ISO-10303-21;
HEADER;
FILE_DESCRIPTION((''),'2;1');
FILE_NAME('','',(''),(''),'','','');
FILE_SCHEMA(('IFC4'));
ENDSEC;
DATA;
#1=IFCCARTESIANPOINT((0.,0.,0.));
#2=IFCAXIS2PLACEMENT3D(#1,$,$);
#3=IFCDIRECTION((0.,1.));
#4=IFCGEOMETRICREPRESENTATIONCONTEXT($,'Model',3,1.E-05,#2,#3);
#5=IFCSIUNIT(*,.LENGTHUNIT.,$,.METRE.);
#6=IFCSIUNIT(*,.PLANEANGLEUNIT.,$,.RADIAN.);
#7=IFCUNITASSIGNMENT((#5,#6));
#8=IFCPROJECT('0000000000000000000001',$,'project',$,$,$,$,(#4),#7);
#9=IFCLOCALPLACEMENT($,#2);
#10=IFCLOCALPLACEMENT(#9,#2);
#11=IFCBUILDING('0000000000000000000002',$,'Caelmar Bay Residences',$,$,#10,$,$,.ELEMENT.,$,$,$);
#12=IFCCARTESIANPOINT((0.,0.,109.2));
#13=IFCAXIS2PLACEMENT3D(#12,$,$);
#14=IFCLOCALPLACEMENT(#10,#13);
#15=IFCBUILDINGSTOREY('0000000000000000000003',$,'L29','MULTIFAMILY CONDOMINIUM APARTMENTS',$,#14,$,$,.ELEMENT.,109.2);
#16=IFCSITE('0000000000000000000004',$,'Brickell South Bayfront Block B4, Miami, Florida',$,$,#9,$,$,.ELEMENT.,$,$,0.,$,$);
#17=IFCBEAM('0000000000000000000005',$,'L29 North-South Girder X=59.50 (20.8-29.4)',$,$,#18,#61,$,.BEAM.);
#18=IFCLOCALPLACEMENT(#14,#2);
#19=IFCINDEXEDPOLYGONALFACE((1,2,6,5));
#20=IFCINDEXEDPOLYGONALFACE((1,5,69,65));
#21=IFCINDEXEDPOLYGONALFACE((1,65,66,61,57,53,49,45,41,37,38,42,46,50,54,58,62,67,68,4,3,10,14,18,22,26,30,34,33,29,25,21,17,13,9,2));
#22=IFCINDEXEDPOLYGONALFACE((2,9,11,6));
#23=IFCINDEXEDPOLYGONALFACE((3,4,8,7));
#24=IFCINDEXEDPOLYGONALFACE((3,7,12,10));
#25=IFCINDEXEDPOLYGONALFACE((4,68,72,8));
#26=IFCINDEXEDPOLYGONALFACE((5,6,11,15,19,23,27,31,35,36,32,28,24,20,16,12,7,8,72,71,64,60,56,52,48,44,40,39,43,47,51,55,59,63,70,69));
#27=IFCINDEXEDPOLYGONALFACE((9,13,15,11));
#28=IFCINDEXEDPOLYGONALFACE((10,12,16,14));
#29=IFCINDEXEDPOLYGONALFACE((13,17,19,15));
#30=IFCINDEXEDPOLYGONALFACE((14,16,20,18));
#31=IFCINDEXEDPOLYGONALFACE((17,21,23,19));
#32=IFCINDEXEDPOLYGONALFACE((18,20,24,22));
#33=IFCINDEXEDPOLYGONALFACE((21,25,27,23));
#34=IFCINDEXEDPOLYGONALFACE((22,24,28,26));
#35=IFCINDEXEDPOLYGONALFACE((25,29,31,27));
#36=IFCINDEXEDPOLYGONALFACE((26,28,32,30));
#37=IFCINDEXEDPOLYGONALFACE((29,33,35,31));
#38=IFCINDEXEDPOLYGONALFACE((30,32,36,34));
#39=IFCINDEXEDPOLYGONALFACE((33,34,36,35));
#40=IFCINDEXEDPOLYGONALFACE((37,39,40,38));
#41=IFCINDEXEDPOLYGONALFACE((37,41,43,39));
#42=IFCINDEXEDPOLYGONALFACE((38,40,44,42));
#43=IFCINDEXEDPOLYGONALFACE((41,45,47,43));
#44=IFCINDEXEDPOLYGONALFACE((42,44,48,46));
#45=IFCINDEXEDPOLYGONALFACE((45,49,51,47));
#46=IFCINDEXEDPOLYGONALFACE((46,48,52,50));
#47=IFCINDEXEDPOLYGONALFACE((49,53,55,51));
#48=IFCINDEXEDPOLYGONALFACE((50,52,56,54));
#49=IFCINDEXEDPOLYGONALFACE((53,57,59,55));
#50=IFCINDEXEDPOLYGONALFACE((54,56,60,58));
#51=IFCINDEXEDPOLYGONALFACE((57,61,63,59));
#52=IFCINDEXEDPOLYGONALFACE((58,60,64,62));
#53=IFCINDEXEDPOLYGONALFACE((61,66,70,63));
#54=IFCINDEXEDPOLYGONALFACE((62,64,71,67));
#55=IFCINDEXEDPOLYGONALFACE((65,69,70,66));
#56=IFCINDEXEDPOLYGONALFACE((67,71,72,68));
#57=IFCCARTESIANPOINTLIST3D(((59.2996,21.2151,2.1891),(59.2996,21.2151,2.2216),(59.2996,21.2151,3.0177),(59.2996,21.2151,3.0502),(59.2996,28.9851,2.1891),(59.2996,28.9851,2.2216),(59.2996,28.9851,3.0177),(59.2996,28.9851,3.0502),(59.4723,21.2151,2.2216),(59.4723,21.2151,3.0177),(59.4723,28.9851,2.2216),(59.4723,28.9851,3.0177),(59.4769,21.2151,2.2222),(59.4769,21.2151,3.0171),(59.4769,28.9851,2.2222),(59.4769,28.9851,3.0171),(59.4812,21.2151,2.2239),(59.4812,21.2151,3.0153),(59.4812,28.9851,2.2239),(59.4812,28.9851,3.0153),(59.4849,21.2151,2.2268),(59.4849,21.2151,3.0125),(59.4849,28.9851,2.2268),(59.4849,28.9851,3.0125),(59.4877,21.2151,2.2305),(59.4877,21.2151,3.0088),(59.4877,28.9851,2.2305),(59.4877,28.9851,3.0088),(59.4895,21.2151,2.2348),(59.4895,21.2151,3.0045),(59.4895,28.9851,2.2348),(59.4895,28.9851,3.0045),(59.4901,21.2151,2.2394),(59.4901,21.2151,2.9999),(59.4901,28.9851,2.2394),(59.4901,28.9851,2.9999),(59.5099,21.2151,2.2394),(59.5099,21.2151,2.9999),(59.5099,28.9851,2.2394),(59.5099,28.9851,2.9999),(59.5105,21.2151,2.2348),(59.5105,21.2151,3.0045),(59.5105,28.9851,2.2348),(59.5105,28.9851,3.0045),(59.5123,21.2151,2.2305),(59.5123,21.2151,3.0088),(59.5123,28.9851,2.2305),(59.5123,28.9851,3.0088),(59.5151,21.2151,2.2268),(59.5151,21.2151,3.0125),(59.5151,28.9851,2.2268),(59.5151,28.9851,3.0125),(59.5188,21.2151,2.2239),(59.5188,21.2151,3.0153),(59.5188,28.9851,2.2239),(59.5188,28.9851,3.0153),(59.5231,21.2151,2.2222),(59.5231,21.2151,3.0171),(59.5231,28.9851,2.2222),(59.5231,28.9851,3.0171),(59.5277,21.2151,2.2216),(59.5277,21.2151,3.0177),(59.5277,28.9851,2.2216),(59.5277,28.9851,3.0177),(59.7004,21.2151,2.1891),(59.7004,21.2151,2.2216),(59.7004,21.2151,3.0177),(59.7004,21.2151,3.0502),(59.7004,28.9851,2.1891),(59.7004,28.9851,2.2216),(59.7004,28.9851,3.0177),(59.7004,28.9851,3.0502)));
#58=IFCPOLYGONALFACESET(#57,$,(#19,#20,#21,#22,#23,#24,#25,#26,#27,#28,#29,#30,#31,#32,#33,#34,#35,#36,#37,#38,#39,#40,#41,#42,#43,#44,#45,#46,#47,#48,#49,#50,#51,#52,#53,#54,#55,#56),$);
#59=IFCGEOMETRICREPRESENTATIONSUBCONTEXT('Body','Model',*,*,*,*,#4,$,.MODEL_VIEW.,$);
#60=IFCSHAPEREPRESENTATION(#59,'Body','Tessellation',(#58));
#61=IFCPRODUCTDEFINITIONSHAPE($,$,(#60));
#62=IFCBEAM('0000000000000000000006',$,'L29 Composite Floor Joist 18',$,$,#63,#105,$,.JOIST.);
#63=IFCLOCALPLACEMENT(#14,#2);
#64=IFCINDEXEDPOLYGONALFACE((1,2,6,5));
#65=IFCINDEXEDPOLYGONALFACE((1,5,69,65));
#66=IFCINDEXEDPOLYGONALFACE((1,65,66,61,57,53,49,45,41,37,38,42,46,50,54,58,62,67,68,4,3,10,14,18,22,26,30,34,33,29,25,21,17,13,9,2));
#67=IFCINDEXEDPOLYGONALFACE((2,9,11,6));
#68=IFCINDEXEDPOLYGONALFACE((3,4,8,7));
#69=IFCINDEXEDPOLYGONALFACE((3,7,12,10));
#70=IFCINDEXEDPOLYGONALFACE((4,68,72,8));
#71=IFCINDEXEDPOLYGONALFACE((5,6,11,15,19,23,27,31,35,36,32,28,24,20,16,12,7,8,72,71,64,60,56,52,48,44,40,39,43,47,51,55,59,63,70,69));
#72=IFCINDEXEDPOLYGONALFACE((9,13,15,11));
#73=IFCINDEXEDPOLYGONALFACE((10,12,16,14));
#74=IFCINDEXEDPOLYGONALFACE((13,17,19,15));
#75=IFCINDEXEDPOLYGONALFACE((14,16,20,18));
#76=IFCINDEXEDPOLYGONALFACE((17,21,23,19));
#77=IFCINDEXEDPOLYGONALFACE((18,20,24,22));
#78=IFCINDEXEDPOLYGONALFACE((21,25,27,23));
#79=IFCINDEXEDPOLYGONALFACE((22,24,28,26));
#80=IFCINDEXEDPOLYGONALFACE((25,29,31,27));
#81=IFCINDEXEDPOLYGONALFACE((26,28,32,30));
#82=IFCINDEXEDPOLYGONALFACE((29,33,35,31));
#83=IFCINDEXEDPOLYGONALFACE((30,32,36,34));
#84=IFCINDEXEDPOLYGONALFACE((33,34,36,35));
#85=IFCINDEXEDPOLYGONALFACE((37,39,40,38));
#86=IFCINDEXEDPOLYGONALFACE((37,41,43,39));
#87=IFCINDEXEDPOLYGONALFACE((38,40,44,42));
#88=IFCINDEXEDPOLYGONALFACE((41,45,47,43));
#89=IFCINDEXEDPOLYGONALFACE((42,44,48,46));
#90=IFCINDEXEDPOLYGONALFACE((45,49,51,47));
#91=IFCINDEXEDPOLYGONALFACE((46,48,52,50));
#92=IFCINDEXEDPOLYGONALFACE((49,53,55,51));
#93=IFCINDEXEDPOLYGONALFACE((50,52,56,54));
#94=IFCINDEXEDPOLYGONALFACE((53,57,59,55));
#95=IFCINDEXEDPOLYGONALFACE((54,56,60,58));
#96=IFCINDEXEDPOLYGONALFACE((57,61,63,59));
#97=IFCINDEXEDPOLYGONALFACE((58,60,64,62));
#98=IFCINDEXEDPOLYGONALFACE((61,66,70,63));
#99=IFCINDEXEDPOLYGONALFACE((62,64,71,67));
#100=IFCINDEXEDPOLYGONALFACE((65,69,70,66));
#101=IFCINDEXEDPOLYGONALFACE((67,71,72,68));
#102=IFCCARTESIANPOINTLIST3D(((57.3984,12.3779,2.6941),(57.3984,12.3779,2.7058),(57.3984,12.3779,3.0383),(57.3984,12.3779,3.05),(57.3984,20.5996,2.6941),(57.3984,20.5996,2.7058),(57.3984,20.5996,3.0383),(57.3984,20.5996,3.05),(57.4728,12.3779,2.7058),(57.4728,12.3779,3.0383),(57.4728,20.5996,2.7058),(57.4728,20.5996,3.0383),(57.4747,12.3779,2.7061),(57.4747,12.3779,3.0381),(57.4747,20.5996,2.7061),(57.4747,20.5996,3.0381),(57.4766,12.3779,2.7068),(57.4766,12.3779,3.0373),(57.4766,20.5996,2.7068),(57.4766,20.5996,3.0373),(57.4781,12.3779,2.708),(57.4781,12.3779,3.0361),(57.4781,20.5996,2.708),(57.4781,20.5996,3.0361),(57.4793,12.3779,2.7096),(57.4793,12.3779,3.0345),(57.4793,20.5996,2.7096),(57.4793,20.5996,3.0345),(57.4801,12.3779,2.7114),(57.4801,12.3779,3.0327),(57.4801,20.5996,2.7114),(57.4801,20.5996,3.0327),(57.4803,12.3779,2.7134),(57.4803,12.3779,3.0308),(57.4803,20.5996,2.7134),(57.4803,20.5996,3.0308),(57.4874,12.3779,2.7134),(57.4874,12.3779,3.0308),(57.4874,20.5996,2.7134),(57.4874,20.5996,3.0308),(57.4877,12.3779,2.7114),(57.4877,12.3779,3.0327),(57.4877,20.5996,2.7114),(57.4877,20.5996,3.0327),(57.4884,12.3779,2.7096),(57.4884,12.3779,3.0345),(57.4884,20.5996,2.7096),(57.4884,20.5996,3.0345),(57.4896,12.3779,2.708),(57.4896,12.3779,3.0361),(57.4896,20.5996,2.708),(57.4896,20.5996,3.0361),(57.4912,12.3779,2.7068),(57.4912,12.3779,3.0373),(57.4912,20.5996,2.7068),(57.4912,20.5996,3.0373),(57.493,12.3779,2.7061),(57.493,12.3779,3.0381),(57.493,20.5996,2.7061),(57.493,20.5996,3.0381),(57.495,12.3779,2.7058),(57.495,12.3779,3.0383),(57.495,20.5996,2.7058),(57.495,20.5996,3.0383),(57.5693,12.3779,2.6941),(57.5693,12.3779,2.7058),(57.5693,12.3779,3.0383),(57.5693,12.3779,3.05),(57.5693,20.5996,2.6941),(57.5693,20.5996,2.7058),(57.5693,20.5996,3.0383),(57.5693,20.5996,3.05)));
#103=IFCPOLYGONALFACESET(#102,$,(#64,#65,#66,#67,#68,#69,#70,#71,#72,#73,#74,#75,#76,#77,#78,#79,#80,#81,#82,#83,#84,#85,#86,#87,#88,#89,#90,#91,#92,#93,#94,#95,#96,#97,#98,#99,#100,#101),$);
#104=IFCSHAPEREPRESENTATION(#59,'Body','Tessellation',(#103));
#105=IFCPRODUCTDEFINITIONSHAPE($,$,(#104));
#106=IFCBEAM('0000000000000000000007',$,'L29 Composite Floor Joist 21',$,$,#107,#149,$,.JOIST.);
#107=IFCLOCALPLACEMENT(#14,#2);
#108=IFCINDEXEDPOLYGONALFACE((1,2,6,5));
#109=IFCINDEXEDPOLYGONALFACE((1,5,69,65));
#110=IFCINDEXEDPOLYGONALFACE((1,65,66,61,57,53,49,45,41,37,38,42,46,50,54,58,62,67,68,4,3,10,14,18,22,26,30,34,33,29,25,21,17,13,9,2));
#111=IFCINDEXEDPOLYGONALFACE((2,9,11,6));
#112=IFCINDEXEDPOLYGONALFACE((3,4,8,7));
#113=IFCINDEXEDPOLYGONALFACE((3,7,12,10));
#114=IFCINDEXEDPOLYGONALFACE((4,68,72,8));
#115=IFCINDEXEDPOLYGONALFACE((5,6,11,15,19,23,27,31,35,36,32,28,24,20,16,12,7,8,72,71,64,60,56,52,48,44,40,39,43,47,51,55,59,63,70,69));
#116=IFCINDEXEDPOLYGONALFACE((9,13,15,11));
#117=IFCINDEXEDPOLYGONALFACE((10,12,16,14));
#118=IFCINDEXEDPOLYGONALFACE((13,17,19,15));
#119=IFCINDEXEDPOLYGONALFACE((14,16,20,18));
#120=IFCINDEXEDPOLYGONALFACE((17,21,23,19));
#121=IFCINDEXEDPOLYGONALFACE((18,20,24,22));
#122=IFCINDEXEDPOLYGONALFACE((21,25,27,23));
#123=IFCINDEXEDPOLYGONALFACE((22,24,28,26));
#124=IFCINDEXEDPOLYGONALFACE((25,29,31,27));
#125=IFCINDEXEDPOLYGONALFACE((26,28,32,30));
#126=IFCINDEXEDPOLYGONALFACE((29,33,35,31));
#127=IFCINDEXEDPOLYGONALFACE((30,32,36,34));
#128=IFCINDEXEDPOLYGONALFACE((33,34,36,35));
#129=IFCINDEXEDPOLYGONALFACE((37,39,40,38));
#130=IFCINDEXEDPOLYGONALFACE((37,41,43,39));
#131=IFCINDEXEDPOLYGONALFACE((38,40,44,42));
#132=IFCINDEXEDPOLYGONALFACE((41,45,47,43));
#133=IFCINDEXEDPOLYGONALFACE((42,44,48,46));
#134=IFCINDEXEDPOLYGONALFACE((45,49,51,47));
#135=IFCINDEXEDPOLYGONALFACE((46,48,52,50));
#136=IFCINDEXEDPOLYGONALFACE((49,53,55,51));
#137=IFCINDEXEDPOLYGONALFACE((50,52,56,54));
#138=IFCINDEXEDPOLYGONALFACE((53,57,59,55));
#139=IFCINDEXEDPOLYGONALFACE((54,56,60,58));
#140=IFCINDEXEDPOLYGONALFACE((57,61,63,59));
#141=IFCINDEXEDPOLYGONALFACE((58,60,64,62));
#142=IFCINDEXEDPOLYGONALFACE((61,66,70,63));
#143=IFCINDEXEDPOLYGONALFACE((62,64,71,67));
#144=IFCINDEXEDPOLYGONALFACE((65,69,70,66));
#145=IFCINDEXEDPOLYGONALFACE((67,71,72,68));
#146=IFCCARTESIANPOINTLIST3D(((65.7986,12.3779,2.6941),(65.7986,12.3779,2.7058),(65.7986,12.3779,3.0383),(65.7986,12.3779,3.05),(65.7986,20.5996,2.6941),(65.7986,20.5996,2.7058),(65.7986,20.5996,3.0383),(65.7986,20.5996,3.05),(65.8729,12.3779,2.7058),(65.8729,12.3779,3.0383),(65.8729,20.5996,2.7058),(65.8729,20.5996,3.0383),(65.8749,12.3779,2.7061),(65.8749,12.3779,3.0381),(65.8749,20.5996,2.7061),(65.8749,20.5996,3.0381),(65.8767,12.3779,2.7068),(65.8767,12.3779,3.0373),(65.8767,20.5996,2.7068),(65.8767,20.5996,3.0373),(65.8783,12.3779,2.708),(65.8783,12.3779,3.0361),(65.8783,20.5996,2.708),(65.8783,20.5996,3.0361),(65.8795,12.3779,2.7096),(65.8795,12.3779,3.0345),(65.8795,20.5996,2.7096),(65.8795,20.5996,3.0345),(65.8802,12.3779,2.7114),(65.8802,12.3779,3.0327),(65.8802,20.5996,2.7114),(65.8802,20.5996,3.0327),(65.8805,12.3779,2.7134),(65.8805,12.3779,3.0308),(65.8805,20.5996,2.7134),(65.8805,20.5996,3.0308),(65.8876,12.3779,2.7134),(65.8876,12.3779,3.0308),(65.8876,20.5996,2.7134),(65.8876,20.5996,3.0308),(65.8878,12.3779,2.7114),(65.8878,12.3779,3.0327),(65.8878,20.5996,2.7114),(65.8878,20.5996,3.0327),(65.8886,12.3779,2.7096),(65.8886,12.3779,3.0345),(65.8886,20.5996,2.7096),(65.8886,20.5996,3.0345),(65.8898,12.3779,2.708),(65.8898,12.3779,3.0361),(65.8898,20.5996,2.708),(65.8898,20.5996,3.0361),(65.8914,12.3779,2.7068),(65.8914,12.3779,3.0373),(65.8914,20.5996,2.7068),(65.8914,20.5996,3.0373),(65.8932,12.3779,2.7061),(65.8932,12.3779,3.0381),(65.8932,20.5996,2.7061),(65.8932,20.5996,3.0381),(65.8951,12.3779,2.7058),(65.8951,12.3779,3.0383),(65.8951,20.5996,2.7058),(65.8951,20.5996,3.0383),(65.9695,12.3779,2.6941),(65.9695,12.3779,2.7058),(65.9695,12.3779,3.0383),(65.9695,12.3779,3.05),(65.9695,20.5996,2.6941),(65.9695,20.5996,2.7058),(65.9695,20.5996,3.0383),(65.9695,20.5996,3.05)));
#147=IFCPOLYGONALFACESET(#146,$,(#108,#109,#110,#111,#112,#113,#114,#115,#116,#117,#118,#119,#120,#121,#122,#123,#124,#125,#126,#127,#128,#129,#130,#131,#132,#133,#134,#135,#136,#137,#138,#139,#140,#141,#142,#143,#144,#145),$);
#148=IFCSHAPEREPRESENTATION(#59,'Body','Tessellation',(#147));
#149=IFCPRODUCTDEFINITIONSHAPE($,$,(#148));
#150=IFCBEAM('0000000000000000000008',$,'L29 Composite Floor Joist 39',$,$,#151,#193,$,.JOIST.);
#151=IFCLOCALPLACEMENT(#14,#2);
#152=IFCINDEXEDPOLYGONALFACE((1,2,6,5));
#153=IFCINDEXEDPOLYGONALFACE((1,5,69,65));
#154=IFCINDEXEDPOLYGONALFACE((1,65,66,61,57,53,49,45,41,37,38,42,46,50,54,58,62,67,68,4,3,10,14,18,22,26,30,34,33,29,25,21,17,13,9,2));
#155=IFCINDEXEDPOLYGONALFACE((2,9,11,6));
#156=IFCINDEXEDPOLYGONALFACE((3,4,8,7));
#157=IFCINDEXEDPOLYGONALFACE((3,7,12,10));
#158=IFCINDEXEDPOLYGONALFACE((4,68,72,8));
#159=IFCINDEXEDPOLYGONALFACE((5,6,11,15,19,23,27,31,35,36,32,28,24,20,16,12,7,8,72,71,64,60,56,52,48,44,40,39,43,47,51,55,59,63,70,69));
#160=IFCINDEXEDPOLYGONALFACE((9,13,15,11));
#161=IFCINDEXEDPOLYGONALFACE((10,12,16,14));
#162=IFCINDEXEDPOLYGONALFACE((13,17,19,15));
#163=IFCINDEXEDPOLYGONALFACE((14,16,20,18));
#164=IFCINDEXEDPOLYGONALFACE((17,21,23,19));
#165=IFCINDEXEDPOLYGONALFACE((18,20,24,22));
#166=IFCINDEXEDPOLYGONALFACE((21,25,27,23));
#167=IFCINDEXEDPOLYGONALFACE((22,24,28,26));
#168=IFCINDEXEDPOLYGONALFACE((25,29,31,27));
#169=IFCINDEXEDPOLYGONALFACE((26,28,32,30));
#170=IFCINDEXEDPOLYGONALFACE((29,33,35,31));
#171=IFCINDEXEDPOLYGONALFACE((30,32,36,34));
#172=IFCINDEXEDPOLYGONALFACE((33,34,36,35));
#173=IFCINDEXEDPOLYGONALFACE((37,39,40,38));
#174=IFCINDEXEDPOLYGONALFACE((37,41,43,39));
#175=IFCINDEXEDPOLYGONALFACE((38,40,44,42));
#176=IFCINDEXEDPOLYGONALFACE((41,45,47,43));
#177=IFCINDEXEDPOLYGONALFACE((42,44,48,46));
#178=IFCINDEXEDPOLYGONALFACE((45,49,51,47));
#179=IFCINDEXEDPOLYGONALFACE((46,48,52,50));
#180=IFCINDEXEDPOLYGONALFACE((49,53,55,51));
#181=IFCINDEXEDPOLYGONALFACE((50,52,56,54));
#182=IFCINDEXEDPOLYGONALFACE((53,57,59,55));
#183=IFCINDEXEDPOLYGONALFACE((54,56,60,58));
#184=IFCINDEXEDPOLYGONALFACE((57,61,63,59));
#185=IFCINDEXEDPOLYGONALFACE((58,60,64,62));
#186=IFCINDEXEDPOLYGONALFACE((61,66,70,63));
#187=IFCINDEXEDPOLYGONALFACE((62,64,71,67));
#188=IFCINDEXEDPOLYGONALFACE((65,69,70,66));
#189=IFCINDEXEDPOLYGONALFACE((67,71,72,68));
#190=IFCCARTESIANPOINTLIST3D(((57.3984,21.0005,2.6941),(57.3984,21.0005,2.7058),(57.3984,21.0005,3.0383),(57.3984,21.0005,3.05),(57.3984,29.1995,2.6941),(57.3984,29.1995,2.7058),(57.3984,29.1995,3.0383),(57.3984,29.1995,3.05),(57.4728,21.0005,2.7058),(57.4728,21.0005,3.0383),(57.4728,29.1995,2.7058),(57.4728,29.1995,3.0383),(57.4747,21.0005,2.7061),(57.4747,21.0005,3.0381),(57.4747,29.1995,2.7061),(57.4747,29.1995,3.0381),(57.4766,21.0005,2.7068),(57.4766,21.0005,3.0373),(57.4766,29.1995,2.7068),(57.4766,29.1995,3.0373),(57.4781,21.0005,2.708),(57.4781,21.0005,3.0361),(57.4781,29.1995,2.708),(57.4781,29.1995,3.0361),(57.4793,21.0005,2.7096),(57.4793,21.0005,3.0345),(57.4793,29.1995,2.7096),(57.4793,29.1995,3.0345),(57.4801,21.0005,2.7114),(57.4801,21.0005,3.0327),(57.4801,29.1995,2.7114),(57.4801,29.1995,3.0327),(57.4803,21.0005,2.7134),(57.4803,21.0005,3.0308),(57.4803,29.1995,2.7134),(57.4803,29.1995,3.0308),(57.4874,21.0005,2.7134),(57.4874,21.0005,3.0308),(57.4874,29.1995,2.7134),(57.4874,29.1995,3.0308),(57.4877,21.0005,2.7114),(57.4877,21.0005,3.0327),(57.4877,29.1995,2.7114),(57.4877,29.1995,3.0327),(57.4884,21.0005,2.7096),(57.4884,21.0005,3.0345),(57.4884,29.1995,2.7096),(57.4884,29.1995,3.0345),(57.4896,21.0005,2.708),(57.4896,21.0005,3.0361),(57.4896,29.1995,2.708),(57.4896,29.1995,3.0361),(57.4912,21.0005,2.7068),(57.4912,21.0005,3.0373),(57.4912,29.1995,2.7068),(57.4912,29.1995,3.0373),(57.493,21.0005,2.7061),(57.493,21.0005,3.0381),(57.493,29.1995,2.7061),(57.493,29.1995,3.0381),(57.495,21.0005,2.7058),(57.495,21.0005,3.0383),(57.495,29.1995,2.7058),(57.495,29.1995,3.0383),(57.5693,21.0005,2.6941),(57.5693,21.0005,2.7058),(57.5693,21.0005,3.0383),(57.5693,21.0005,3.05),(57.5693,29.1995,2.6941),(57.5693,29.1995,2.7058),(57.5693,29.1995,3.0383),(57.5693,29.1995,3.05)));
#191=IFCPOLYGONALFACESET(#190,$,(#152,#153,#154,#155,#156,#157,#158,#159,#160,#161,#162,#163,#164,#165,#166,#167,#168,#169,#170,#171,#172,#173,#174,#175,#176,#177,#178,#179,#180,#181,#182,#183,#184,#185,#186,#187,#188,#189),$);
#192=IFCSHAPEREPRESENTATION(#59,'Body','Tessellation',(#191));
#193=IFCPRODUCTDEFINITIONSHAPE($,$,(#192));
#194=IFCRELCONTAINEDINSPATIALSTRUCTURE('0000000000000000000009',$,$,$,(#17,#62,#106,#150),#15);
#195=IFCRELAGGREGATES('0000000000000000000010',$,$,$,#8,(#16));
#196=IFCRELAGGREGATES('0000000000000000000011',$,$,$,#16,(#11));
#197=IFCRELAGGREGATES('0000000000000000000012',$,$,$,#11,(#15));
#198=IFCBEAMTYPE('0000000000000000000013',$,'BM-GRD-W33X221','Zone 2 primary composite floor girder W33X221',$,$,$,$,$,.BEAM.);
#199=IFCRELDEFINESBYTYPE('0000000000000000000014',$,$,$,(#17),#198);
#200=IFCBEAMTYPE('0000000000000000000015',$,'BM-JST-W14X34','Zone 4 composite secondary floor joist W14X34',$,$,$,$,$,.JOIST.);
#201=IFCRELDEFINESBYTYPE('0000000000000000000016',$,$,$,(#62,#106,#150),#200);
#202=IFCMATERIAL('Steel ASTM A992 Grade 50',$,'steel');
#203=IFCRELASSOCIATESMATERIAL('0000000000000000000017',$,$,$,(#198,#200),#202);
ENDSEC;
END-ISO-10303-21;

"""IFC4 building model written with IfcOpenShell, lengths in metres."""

from ifc_helpers import new_model, si_unit, direction, frame, origin, origin_2d, place, context, subcontext, project, spatial, i_section, extrude, material, material_profile, profile_set, type_object, element, save


model = new_model("IFC4")

# Units and contexts
model_context = context("Model", 3, precision=1e-05, world=origin(), true_north=direction((0.0, 1.0)))
body_context = subcontext(model_context, "Body", "Model", "MODEL_VIEW")
ifc_project = project(units=[si_unit("LENGTHUNIT", "METRE"), si_unit("PLANEANGLEUNIT", "RADIAN")], contexts=[model_context])

# Site, building, storey
site_placement = place(None, origin())
site = spatial("IfcSite", under=ifc_project, at=site_placement, Name="Brickell South Bayfront Block B4, Miami, Florida", CompositionType="ELEMENT", RefElevation=0.0)
building_placement = place(site_placement, origin())
building = spatial("IfcBuilding", under=site, at=building_placement, Name="Caelmar Bay Residences", CompositionType="ELEMENT")
storey_placement = place(building_placement, frame((0.0, 0.0, 109.2)))
storey = spatial("IfcBuildingStorey", under=building, at=storey_placement, Name="L29", Description="MULTIFAMILY CONDOMINIUM APARTMENTS", CompositionType="ELEMENT", Elevation=109.2)

# Beams
ifc_material_1 = material(Name="Steel ASTM A992 Grade 50", Category="steel")
ifc_material_profile_1 = material_profile(ifc_material_1, i_section(OverallWidth=0.4009, OverallDepth=0.8611, WebThickness=0.0198, FlangeThickness=0.0325, FilletRadius=0.0178, at=origin_2d()), Name="W33X221")
ifc_profile_set_1 = profile_set([ifc_material_profile_1], Name="Steel ASTM A992 Grade 50")
beam_type_1 = type_object("IfcBeamType", Name="BM-GRD-W33X221", Description="Zone 2 primary composite floor girder W33X221", PredefinedType="BEAM", material=ifc_profile_set_1)
for number, where, z_axis, x_axis, name in (
    (1, (59.5, 21.2151, 2.6196), (0.0, 1.0, 0.0), (-1.0, 0.0, 0.0), "L29 North-South Girder X=59.50 (20.8-29.4)"),
):
    element("IfcBeam", number, at=place(storey_placement, frame(where, z_axis=z_axis, x_axis=x_axis)), inside=storey, type_object=beam_type_1, Name=name, PredefinedType="BEAM", context=body_context, shape_type="SweptSolid", body=[
        extrude(i_section(OverallWidth=0.4009, OverallDepth=0.8611, WebThickness=0.0198, FlangeThickness=0.0325, FilletRadius=0.0178, at=origin_2d()), origin(), (0.0, 0.0, 1.0), 7.77),
    ])
ifc_material_profile_2 = material_profile(ifc_material_1, i_section(OverallWidth=0.1709, OverallDepth=0.356, WebThickness=0.0071, FlangeThickness=0.0117, FilletRadius=0.0076, at=origin_2d()), Name="W14X34")
ifc_profile_set_2 = profile_set([ifc_material_profile_2], Name="Steel ASTM A992 Grade 50")
beam_type_2 = type_object("IfcBeamType", Name="BM-JST-W14X34", Description="Zone 4 composite secondary floor joist W14X34", PredefinedType="JOIST", material=ifc_profile_set_2)
for number, where, z_axis, x_axis, name in (
    (2, (57.4839, 12.3779, 2.8721), (0.0, 1.0, 0.0), (-1.0, 0.0, 0.0), "L29 Composite Floor Joist 18"),
    (3, (65.884, 12.3779, 2.8721), (0.0, 1.0, 0.0), (-1.0, 0.0, 0.0), "L29 Composite Floor Joist 21"),
):
    element("IfcBeam", number, at=place(storey_placement, frame(where, z_axis=z_axis, x_axis=x_axis)), inside=storey, type_object=beam_type_2, Name=name, PredefinedType="JOIST", context=body_context, shape_type="SweptSolid", body=[
        extrude(i_section(OverallWidth=0.1709, OverallDepth=0.356, WebThickness=0.0071, FlangeThickness=0.0117, FilletRadius=0.0076, at=origin_2d()), origin(), (0.0, 0.0, 1.0), 8.2217),
    ])
for number, where, z_axis, x_axis, name in (
    (4, (57.4839, 21.0005, 2.8721), (0.0, 1.0, 0.0), (-1.0, 0.0, 0.0), "L29 Composite Floor Joist 39"),
):
    element("IfcBeam", number, at=place(storey_placement, frame(where, z_axis=z_axis, x_axis=x_axis)), inside=storey, type_object=beam_type_2, Name=name, PredefinedType="JOIST", context=body_context, shape_type="SweptSolid", body=[
        extrude(i_section(OverallWidth=0.1709, OverallDepth=0.356, WebThickness=0.0071, FlangeThickness=0.0117, FilletRadius=0.0076, at=origin_2d()), origin(), (0.0, 0.0, 1.0), 8.199),
    ])

save(model, "model.ifc")
